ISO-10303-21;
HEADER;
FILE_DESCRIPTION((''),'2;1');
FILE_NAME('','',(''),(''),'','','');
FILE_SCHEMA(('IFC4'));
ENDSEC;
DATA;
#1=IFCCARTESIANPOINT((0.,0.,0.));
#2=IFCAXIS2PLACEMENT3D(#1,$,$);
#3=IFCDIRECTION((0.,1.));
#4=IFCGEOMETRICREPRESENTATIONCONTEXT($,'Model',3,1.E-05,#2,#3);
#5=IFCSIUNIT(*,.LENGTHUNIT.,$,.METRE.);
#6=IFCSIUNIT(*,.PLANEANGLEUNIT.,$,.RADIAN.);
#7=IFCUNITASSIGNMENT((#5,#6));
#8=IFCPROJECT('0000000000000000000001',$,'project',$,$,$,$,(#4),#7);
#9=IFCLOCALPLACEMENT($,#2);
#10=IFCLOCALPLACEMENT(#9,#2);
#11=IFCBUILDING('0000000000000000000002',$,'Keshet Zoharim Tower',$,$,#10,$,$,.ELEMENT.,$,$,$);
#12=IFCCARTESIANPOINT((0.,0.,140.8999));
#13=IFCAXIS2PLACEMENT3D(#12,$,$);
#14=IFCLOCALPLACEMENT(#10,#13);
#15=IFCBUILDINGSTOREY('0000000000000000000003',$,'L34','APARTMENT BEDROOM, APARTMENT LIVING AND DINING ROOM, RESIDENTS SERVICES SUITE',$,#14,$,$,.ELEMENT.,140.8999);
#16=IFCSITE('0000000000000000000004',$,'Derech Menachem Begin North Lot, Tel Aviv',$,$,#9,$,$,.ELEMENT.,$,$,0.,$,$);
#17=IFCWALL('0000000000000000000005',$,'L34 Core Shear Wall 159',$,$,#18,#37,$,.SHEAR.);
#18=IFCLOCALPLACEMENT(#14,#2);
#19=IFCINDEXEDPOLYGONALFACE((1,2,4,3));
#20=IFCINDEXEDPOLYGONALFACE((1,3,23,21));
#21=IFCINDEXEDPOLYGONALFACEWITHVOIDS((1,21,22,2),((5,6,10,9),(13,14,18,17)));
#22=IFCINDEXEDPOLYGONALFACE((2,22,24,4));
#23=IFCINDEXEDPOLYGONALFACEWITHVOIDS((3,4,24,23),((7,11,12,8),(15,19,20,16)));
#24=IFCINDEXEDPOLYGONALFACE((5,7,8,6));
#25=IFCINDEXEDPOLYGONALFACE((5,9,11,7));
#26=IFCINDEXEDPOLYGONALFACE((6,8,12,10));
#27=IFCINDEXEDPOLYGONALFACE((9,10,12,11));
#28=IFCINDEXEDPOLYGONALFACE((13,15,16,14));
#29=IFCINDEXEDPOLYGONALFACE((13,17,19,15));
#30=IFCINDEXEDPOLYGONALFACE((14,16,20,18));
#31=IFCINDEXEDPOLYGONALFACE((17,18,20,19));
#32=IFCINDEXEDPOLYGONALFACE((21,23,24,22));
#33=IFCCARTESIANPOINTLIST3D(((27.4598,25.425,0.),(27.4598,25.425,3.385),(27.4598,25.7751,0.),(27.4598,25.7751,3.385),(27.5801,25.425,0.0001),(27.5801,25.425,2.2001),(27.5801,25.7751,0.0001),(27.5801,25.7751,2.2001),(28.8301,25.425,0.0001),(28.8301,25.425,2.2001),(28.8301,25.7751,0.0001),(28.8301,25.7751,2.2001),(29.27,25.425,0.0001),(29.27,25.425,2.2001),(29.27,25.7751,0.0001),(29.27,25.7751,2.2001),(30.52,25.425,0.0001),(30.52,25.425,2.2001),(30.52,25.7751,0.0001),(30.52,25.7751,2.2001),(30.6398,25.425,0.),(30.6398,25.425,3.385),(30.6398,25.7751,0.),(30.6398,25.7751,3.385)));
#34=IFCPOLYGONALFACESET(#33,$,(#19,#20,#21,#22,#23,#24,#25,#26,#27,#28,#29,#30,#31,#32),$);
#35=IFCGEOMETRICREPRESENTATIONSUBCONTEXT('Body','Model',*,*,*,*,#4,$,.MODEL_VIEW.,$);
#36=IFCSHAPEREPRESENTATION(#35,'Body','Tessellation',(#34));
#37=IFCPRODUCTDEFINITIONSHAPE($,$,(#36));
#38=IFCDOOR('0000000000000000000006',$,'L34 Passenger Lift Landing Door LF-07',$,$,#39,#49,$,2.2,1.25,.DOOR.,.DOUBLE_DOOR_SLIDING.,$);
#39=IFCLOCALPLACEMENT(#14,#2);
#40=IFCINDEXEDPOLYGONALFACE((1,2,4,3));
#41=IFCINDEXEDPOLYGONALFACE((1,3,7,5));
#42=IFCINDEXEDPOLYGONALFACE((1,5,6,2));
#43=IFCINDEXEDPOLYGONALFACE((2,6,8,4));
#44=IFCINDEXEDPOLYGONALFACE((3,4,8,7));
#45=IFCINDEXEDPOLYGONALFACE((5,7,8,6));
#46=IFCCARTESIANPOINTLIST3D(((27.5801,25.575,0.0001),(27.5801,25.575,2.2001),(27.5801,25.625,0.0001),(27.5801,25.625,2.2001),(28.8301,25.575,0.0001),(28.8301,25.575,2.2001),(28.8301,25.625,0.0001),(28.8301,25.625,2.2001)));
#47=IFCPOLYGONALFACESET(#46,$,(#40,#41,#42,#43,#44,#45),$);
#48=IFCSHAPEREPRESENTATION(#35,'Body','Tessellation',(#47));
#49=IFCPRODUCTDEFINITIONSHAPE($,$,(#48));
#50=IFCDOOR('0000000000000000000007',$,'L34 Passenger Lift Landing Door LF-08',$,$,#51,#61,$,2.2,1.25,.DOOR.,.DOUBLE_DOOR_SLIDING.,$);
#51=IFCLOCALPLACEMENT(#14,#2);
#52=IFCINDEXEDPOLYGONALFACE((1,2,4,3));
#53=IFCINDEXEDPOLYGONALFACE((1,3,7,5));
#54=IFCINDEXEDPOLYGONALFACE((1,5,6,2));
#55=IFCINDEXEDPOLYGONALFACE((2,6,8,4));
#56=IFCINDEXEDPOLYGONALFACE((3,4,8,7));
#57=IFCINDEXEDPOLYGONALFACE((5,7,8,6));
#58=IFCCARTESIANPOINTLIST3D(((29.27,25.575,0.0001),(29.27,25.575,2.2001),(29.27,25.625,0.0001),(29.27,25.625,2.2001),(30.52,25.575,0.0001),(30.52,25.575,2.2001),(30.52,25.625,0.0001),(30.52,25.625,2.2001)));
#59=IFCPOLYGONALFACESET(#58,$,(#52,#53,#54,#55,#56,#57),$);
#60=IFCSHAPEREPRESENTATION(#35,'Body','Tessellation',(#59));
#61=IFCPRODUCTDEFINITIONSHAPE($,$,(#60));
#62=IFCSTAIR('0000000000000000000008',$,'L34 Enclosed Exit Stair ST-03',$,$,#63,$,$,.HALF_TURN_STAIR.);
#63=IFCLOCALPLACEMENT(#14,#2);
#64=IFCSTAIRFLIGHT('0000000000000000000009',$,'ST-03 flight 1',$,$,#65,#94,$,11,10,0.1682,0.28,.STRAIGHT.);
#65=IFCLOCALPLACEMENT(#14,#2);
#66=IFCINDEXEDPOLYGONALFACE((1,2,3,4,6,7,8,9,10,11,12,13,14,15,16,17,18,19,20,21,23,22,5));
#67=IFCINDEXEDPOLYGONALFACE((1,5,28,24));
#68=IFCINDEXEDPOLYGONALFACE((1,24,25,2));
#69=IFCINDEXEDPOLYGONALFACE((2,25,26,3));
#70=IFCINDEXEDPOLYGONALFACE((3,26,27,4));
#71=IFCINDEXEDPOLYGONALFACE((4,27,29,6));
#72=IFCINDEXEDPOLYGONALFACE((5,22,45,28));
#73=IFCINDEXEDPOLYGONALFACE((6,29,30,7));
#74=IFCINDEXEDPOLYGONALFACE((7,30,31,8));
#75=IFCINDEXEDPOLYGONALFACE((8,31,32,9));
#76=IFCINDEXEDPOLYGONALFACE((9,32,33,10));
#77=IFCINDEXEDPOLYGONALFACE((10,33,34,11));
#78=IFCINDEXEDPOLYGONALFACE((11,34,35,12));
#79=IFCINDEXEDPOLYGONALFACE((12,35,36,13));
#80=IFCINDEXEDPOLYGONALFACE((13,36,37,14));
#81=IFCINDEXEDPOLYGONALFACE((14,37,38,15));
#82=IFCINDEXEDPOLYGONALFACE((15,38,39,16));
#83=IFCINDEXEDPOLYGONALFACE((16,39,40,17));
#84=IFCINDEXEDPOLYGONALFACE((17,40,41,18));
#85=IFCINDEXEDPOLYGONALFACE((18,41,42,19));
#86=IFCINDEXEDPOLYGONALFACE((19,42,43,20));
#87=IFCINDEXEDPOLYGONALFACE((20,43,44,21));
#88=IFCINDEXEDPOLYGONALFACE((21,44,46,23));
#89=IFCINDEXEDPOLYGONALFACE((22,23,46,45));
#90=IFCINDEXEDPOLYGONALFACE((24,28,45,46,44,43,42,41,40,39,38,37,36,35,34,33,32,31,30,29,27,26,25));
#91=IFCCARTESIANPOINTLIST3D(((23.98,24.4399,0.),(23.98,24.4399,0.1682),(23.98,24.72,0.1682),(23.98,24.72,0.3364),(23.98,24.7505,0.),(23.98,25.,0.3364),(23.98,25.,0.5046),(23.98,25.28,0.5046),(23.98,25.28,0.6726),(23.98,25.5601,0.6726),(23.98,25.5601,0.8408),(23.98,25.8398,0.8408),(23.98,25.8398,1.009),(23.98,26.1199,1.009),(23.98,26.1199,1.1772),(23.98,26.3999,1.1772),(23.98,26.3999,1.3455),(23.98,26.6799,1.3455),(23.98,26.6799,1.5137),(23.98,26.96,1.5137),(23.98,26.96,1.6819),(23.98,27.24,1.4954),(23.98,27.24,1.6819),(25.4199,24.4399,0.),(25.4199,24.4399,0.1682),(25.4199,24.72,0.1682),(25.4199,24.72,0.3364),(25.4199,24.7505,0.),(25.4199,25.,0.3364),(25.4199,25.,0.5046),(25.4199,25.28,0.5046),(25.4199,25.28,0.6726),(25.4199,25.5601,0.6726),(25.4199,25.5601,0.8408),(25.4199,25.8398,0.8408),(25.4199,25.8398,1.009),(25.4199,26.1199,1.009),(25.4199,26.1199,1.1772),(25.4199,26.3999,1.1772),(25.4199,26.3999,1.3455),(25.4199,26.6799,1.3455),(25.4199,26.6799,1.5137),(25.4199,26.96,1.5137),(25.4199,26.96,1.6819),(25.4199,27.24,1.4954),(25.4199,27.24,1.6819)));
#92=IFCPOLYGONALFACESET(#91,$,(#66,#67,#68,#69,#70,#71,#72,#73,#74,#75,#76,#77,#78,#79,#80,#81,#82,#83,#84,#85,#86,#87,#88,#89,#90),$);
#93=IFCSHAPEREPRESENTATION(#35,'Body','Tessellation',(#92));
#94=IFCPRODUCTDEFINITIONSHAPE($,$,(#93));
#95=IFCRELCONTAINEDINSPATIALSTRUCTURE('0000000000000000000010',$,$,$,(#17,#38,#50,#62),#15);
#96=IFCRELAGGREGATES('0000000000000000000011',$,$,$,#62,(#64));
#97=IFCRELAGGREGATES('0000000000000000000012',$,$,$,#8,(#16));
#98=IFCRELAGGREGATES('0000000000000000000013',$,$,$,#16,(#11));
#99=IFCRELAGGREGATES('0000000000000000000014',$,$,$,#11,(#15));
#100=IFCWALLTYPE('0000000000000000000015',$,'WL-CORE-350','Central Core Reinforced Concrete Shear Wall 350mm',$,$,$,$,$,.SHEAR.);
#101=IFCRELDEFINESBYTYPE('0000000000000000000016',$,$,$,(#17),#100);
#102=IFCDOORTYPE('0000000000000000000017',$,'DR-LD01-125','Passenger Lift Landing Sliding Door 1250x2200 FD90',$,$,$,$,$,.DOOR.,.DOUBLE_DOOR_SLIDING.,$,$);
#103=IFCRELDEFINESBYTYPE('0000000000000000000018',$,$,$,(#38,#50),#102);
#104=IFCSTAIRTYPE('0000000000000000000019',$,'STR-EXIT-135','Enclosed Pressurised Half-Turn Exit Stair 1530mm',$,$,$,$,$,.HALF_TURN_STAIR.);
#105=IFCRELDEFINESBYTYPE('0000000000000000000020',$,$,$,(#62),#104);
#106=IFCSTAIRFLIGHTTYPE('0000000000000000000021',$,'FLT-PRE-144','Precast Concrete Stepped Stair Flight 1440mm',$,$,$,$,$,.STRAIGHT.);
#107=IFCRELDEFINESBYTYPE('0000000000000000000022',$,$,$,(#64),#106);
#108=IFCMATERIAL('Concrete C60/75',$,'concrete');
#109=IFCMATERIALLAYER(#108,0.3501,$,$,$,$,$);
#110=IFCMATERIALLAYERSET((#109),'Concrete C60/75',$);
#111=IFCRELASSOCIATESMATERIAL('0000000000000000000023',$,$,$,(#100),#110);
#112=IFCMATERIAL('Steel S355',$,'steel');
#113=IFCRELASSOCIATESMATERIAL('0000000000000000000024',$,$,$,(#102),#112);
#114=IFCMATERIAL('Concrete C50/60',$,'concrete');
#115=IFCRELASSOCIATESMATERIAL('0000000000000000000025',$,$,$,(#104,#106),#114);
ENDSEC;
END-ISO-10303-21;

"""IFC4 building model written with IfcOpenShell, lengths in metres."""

from ifc_helpers import new_model, si_unit, direction, frame, frame_2d, origin, place, context, subcontext, project, spatial, polyline, rectangle, outline, extrude, material, layer, layer_set, type_object, element, fill, aggregate, save


model = new_model("IFC4")

# Units and contexts
model_context = context("Model", 3, precision=1e-05, world=origin(), true_north=direction((0.0, 1.0)))
body_context = subcontext(model_context, "Body", "Model", "MODEL_VIEW")
ifc_project = project(units=[si_unit("LENGTHUNIT", "METRE"), si_unit("PLANEANGLEUNIT", "RADIAN")], contexts=[model_context])

# Site, building, storey
site_placement = place(None, origin())
site = spatial("IfcSite", under=ifc_project, at=site_placement, Name="Derech Menachem Begin North Lot, Tel Aviv", CompositionType="ELEMENT", RefElevation=0.0)
building_placement = place(site_placement, origin())
building = spatial("IfcBuilding", under=site, at=building_placement, Name="Keshet Zoharim Tower", CompositionType="ELEMENT")
storey_placement = place(building_placement, frame((0.0, 0.0, 140.8999)))
storey = spatial("IfcBuildingStorey", under=building, at=storey_placement, Name="L34", Description="APARTMENT BEDROOM, APARTMENT LIVING AND DINING ROOM, RESIDENTS SERVICES SUITE", CompositionType="ELEMENT", Elevation=140.8999)

# Shared definitions
ifc_material_1 = material(Name="Steel S355", Category="steel")

# Shared definitions
ifc_material_2 = material(Name="Concrete C60/75", Category="concrete")
ifc_layer_1 = layer(ifc_material_2, 0.3501)
ifc_layer_set_1 = layer_set([ifc_layer_1], Name="Concrete C60/75")
wall_type = type_object("IfcWallType", Name="WL-CORE-350", Description="Central Core Reinforced Concrete Shear Wall 350mm", PredefinedType="SHEAR", material=ifc_layer_set_1)

# Wall, openings, doors
wall_1_placement = place(storey_placement, frame((27.46, 25.6001, 0.0), z_axis=(0.0, 0.0, 1.0), x_axis=(1.0, 0.0, 0.0)))
wall_1 = element("IfcWall", 1, at=wall_1_placement, inside=storey, type_object=wall_type, Name="L34 Core Shear Wall 159", PredefinedType="SHEAR", context=body_context, shape_type="SweptSolid", body=[
    extrude(rectangle(XDim=3.1799, YDim=0.3501, at=frame_2d((1.5898, 0.0))), origin(), (0.0, 0.0, 1.0), 3.385),
])
opening_1_placement = place(wall_1_placement, frame((0.1201, 0.0, 0.0)))
opening_1 = element("IfcOpeningElement", 2, at=opening_1_placement, cuts=wall_1, PredefinedType="OPENING", context=body_context, shape_type="SweptSolid", body=[
    extrude(rectangle(XDim=1.25, YDim=2.2, at=frame_2d((0.625, 1.1001))), frame((0.0, 0.1851, 0.0), z_axis=(0.0, -1.0, 0.0), x_axis=(1.0, 0.0, 0.0)), (0.0, 0.0, 1.0), 0.3701),
])
opening_2_placement = place(wall_1_placement, frame((1.8101, 0.0, 0.0)))
opening_2 = element("IfcOpeningElement", 3, at=opening_2_placement, cuts=wall_1, PredefinedType="OPENING", context=body_context, shape_type="SweptSolid", body=[
    extrude(rectangle(XDim=1.25, YDim=2.2, at=frame_2d((0.625, 1.1001))), frame((0.0, 0.1851, 0.0), z_axis=(0.0, -1.0, 0.0), x_axis=(1.0, 0.0, 0.0)), (0.0, 0.0, 1.0), 0.3701),
])
door_type_1 = type_object("IfcDoorType", Name="DR-LD01-125", Description="Passenger Lift Landing Sliding Door 1250x2200 FD90", OperationType="DOUBLE_DOOR_SLIDING", PredefinedType="DOOR", material=ifc_material_1)
door_1_placement = place(opening_1_placement, origin())
door_1 = element("IfcDoor", 4, at=door_1_placement, inside=storey, type_object=door_type_1, Name="L34 Passenger Lift Landing Door LF-07", OperationType="DOUBLE_DOOR_SLIDING", OverallHeight=2.2, OverallWidth=1.25, PredefinedType="DOOR", context=body_context, shape_type="SweptSolid", body=[
    extrude(rectangle(XDim=1.25, YDim=2.2, at=frame_2d((0.625, 1.1001))), frame((0.0, 0.0249, 0.0), z_axis=(0.0, -1.0, 0.0), x_axis=(1.0, 0.0, 0.0)), (0.0, 0.0, 1.0), 0.05),
])
fill(opening_1, door_1)
door_2_placement = place(opening_2_placement, origin())
door_2 = element("IfcDoor", 5, at=door_2_placement, inside=storey, type_object=door_type_1, Name="L34 Passenger Lift Landing Door LF-08", OperationType="DOUBLE_DOOR_SLIDING", OverallHeight=2.2, OverallWidth=1.25, PredefinedType="DOOR", context=body_context, shape_type="SweptSolid", body=[
    extrude(rectangle(XDim=1.25, YDim=2.2, at=frame_2d((0.625, 1.1001))), frame((0.0, 0.0249, 0.0), z_axis=(0.0, -1.0, 0.0), x_axis=(1.0, 0.0, 0.0)), (0.0, 0.0, 1.0), 0.05),
])
fill(opening_2, door_2)

# Stair, stair flight
ifc_material_3 = material(Name="Concrete C50/60", Category="concrete")
stair_type = type_object("IfcStairType", Name="STR-EXIT-135", Description="Enclosed Pressurised Half-Turn Exit Stair 1530mm", PredefinedType="HALF_TURN_STAIR", material=ifc_material_3)
stair_placement = place(storey_placement, origin())
stair = element("IfcStair", 6, at=stair_placement, inside=storey, type_object=stair_type, Name="L34 Enclosed Exit Stair ST-03", PredefinedType="HALF_TURN_STAIR")
stair_flight_type = type_object("IfcStairFlightType", Name="FLT-PRE-144", Description="Precast Concrete Stepped Stair Flight 1440mm", PredefinedType="STRAIGHT", material=ifc_material_3)
stair_flight_placement = place(storey_placement, frame((24.7, 24.4399, 0.0), z_axis=(0.0, 0.0, 1.0), x_axis=(0.0, 1.0, 0.0)))
stair_flight = element("IfcStairFlight", 7, at=stair_flight_placement, type_object=stair_flight_type, Name="ST-03 flight 1", NumberOfRisers=11, NumberOfTreads=10, PredefinedType="STRAIGHT", RiserHeight=0.1682, TreadLength=0.28, context=body_context, shape_type="SweptSolid", body=[
    extrude(outline(polyline([(0.0, 0.0), (0.0, 0.1682), (0.28, 0.1682), (0.28, 0.3364), (0.5601, 0.3364), (0.5601, 0.5046), (0.8401, 0.5046), (0.8401, 0.6726), (1.1201, 0.6726), (1.1201, 0.8408), (1.3999, 0.8408), (1.3999, 1.009), (1.6799, 1.009), (1.6799, 1.1772), (1.96, 1.1772), (1.96, 1.3455), (2.24, 1.3455), (2.24, 1.5137), (2.52, 1.5137), (2.52, 1.6819), (2.8, 1.6819), (2.8, 1.8501), (2.8, 1.4954), (0.3105, 0.0), (0.0, 0.0)])), frame((0.0, 0.72, 0.0), z_axis=(0.0, -1.0, 0.0), x_axis=(1.0, 0.0, 0.0)), (0.0, 0.0, 1.0), 1.4399),
])
aggregate(stair, [stair_flight])

save(model, "model.ifc")
